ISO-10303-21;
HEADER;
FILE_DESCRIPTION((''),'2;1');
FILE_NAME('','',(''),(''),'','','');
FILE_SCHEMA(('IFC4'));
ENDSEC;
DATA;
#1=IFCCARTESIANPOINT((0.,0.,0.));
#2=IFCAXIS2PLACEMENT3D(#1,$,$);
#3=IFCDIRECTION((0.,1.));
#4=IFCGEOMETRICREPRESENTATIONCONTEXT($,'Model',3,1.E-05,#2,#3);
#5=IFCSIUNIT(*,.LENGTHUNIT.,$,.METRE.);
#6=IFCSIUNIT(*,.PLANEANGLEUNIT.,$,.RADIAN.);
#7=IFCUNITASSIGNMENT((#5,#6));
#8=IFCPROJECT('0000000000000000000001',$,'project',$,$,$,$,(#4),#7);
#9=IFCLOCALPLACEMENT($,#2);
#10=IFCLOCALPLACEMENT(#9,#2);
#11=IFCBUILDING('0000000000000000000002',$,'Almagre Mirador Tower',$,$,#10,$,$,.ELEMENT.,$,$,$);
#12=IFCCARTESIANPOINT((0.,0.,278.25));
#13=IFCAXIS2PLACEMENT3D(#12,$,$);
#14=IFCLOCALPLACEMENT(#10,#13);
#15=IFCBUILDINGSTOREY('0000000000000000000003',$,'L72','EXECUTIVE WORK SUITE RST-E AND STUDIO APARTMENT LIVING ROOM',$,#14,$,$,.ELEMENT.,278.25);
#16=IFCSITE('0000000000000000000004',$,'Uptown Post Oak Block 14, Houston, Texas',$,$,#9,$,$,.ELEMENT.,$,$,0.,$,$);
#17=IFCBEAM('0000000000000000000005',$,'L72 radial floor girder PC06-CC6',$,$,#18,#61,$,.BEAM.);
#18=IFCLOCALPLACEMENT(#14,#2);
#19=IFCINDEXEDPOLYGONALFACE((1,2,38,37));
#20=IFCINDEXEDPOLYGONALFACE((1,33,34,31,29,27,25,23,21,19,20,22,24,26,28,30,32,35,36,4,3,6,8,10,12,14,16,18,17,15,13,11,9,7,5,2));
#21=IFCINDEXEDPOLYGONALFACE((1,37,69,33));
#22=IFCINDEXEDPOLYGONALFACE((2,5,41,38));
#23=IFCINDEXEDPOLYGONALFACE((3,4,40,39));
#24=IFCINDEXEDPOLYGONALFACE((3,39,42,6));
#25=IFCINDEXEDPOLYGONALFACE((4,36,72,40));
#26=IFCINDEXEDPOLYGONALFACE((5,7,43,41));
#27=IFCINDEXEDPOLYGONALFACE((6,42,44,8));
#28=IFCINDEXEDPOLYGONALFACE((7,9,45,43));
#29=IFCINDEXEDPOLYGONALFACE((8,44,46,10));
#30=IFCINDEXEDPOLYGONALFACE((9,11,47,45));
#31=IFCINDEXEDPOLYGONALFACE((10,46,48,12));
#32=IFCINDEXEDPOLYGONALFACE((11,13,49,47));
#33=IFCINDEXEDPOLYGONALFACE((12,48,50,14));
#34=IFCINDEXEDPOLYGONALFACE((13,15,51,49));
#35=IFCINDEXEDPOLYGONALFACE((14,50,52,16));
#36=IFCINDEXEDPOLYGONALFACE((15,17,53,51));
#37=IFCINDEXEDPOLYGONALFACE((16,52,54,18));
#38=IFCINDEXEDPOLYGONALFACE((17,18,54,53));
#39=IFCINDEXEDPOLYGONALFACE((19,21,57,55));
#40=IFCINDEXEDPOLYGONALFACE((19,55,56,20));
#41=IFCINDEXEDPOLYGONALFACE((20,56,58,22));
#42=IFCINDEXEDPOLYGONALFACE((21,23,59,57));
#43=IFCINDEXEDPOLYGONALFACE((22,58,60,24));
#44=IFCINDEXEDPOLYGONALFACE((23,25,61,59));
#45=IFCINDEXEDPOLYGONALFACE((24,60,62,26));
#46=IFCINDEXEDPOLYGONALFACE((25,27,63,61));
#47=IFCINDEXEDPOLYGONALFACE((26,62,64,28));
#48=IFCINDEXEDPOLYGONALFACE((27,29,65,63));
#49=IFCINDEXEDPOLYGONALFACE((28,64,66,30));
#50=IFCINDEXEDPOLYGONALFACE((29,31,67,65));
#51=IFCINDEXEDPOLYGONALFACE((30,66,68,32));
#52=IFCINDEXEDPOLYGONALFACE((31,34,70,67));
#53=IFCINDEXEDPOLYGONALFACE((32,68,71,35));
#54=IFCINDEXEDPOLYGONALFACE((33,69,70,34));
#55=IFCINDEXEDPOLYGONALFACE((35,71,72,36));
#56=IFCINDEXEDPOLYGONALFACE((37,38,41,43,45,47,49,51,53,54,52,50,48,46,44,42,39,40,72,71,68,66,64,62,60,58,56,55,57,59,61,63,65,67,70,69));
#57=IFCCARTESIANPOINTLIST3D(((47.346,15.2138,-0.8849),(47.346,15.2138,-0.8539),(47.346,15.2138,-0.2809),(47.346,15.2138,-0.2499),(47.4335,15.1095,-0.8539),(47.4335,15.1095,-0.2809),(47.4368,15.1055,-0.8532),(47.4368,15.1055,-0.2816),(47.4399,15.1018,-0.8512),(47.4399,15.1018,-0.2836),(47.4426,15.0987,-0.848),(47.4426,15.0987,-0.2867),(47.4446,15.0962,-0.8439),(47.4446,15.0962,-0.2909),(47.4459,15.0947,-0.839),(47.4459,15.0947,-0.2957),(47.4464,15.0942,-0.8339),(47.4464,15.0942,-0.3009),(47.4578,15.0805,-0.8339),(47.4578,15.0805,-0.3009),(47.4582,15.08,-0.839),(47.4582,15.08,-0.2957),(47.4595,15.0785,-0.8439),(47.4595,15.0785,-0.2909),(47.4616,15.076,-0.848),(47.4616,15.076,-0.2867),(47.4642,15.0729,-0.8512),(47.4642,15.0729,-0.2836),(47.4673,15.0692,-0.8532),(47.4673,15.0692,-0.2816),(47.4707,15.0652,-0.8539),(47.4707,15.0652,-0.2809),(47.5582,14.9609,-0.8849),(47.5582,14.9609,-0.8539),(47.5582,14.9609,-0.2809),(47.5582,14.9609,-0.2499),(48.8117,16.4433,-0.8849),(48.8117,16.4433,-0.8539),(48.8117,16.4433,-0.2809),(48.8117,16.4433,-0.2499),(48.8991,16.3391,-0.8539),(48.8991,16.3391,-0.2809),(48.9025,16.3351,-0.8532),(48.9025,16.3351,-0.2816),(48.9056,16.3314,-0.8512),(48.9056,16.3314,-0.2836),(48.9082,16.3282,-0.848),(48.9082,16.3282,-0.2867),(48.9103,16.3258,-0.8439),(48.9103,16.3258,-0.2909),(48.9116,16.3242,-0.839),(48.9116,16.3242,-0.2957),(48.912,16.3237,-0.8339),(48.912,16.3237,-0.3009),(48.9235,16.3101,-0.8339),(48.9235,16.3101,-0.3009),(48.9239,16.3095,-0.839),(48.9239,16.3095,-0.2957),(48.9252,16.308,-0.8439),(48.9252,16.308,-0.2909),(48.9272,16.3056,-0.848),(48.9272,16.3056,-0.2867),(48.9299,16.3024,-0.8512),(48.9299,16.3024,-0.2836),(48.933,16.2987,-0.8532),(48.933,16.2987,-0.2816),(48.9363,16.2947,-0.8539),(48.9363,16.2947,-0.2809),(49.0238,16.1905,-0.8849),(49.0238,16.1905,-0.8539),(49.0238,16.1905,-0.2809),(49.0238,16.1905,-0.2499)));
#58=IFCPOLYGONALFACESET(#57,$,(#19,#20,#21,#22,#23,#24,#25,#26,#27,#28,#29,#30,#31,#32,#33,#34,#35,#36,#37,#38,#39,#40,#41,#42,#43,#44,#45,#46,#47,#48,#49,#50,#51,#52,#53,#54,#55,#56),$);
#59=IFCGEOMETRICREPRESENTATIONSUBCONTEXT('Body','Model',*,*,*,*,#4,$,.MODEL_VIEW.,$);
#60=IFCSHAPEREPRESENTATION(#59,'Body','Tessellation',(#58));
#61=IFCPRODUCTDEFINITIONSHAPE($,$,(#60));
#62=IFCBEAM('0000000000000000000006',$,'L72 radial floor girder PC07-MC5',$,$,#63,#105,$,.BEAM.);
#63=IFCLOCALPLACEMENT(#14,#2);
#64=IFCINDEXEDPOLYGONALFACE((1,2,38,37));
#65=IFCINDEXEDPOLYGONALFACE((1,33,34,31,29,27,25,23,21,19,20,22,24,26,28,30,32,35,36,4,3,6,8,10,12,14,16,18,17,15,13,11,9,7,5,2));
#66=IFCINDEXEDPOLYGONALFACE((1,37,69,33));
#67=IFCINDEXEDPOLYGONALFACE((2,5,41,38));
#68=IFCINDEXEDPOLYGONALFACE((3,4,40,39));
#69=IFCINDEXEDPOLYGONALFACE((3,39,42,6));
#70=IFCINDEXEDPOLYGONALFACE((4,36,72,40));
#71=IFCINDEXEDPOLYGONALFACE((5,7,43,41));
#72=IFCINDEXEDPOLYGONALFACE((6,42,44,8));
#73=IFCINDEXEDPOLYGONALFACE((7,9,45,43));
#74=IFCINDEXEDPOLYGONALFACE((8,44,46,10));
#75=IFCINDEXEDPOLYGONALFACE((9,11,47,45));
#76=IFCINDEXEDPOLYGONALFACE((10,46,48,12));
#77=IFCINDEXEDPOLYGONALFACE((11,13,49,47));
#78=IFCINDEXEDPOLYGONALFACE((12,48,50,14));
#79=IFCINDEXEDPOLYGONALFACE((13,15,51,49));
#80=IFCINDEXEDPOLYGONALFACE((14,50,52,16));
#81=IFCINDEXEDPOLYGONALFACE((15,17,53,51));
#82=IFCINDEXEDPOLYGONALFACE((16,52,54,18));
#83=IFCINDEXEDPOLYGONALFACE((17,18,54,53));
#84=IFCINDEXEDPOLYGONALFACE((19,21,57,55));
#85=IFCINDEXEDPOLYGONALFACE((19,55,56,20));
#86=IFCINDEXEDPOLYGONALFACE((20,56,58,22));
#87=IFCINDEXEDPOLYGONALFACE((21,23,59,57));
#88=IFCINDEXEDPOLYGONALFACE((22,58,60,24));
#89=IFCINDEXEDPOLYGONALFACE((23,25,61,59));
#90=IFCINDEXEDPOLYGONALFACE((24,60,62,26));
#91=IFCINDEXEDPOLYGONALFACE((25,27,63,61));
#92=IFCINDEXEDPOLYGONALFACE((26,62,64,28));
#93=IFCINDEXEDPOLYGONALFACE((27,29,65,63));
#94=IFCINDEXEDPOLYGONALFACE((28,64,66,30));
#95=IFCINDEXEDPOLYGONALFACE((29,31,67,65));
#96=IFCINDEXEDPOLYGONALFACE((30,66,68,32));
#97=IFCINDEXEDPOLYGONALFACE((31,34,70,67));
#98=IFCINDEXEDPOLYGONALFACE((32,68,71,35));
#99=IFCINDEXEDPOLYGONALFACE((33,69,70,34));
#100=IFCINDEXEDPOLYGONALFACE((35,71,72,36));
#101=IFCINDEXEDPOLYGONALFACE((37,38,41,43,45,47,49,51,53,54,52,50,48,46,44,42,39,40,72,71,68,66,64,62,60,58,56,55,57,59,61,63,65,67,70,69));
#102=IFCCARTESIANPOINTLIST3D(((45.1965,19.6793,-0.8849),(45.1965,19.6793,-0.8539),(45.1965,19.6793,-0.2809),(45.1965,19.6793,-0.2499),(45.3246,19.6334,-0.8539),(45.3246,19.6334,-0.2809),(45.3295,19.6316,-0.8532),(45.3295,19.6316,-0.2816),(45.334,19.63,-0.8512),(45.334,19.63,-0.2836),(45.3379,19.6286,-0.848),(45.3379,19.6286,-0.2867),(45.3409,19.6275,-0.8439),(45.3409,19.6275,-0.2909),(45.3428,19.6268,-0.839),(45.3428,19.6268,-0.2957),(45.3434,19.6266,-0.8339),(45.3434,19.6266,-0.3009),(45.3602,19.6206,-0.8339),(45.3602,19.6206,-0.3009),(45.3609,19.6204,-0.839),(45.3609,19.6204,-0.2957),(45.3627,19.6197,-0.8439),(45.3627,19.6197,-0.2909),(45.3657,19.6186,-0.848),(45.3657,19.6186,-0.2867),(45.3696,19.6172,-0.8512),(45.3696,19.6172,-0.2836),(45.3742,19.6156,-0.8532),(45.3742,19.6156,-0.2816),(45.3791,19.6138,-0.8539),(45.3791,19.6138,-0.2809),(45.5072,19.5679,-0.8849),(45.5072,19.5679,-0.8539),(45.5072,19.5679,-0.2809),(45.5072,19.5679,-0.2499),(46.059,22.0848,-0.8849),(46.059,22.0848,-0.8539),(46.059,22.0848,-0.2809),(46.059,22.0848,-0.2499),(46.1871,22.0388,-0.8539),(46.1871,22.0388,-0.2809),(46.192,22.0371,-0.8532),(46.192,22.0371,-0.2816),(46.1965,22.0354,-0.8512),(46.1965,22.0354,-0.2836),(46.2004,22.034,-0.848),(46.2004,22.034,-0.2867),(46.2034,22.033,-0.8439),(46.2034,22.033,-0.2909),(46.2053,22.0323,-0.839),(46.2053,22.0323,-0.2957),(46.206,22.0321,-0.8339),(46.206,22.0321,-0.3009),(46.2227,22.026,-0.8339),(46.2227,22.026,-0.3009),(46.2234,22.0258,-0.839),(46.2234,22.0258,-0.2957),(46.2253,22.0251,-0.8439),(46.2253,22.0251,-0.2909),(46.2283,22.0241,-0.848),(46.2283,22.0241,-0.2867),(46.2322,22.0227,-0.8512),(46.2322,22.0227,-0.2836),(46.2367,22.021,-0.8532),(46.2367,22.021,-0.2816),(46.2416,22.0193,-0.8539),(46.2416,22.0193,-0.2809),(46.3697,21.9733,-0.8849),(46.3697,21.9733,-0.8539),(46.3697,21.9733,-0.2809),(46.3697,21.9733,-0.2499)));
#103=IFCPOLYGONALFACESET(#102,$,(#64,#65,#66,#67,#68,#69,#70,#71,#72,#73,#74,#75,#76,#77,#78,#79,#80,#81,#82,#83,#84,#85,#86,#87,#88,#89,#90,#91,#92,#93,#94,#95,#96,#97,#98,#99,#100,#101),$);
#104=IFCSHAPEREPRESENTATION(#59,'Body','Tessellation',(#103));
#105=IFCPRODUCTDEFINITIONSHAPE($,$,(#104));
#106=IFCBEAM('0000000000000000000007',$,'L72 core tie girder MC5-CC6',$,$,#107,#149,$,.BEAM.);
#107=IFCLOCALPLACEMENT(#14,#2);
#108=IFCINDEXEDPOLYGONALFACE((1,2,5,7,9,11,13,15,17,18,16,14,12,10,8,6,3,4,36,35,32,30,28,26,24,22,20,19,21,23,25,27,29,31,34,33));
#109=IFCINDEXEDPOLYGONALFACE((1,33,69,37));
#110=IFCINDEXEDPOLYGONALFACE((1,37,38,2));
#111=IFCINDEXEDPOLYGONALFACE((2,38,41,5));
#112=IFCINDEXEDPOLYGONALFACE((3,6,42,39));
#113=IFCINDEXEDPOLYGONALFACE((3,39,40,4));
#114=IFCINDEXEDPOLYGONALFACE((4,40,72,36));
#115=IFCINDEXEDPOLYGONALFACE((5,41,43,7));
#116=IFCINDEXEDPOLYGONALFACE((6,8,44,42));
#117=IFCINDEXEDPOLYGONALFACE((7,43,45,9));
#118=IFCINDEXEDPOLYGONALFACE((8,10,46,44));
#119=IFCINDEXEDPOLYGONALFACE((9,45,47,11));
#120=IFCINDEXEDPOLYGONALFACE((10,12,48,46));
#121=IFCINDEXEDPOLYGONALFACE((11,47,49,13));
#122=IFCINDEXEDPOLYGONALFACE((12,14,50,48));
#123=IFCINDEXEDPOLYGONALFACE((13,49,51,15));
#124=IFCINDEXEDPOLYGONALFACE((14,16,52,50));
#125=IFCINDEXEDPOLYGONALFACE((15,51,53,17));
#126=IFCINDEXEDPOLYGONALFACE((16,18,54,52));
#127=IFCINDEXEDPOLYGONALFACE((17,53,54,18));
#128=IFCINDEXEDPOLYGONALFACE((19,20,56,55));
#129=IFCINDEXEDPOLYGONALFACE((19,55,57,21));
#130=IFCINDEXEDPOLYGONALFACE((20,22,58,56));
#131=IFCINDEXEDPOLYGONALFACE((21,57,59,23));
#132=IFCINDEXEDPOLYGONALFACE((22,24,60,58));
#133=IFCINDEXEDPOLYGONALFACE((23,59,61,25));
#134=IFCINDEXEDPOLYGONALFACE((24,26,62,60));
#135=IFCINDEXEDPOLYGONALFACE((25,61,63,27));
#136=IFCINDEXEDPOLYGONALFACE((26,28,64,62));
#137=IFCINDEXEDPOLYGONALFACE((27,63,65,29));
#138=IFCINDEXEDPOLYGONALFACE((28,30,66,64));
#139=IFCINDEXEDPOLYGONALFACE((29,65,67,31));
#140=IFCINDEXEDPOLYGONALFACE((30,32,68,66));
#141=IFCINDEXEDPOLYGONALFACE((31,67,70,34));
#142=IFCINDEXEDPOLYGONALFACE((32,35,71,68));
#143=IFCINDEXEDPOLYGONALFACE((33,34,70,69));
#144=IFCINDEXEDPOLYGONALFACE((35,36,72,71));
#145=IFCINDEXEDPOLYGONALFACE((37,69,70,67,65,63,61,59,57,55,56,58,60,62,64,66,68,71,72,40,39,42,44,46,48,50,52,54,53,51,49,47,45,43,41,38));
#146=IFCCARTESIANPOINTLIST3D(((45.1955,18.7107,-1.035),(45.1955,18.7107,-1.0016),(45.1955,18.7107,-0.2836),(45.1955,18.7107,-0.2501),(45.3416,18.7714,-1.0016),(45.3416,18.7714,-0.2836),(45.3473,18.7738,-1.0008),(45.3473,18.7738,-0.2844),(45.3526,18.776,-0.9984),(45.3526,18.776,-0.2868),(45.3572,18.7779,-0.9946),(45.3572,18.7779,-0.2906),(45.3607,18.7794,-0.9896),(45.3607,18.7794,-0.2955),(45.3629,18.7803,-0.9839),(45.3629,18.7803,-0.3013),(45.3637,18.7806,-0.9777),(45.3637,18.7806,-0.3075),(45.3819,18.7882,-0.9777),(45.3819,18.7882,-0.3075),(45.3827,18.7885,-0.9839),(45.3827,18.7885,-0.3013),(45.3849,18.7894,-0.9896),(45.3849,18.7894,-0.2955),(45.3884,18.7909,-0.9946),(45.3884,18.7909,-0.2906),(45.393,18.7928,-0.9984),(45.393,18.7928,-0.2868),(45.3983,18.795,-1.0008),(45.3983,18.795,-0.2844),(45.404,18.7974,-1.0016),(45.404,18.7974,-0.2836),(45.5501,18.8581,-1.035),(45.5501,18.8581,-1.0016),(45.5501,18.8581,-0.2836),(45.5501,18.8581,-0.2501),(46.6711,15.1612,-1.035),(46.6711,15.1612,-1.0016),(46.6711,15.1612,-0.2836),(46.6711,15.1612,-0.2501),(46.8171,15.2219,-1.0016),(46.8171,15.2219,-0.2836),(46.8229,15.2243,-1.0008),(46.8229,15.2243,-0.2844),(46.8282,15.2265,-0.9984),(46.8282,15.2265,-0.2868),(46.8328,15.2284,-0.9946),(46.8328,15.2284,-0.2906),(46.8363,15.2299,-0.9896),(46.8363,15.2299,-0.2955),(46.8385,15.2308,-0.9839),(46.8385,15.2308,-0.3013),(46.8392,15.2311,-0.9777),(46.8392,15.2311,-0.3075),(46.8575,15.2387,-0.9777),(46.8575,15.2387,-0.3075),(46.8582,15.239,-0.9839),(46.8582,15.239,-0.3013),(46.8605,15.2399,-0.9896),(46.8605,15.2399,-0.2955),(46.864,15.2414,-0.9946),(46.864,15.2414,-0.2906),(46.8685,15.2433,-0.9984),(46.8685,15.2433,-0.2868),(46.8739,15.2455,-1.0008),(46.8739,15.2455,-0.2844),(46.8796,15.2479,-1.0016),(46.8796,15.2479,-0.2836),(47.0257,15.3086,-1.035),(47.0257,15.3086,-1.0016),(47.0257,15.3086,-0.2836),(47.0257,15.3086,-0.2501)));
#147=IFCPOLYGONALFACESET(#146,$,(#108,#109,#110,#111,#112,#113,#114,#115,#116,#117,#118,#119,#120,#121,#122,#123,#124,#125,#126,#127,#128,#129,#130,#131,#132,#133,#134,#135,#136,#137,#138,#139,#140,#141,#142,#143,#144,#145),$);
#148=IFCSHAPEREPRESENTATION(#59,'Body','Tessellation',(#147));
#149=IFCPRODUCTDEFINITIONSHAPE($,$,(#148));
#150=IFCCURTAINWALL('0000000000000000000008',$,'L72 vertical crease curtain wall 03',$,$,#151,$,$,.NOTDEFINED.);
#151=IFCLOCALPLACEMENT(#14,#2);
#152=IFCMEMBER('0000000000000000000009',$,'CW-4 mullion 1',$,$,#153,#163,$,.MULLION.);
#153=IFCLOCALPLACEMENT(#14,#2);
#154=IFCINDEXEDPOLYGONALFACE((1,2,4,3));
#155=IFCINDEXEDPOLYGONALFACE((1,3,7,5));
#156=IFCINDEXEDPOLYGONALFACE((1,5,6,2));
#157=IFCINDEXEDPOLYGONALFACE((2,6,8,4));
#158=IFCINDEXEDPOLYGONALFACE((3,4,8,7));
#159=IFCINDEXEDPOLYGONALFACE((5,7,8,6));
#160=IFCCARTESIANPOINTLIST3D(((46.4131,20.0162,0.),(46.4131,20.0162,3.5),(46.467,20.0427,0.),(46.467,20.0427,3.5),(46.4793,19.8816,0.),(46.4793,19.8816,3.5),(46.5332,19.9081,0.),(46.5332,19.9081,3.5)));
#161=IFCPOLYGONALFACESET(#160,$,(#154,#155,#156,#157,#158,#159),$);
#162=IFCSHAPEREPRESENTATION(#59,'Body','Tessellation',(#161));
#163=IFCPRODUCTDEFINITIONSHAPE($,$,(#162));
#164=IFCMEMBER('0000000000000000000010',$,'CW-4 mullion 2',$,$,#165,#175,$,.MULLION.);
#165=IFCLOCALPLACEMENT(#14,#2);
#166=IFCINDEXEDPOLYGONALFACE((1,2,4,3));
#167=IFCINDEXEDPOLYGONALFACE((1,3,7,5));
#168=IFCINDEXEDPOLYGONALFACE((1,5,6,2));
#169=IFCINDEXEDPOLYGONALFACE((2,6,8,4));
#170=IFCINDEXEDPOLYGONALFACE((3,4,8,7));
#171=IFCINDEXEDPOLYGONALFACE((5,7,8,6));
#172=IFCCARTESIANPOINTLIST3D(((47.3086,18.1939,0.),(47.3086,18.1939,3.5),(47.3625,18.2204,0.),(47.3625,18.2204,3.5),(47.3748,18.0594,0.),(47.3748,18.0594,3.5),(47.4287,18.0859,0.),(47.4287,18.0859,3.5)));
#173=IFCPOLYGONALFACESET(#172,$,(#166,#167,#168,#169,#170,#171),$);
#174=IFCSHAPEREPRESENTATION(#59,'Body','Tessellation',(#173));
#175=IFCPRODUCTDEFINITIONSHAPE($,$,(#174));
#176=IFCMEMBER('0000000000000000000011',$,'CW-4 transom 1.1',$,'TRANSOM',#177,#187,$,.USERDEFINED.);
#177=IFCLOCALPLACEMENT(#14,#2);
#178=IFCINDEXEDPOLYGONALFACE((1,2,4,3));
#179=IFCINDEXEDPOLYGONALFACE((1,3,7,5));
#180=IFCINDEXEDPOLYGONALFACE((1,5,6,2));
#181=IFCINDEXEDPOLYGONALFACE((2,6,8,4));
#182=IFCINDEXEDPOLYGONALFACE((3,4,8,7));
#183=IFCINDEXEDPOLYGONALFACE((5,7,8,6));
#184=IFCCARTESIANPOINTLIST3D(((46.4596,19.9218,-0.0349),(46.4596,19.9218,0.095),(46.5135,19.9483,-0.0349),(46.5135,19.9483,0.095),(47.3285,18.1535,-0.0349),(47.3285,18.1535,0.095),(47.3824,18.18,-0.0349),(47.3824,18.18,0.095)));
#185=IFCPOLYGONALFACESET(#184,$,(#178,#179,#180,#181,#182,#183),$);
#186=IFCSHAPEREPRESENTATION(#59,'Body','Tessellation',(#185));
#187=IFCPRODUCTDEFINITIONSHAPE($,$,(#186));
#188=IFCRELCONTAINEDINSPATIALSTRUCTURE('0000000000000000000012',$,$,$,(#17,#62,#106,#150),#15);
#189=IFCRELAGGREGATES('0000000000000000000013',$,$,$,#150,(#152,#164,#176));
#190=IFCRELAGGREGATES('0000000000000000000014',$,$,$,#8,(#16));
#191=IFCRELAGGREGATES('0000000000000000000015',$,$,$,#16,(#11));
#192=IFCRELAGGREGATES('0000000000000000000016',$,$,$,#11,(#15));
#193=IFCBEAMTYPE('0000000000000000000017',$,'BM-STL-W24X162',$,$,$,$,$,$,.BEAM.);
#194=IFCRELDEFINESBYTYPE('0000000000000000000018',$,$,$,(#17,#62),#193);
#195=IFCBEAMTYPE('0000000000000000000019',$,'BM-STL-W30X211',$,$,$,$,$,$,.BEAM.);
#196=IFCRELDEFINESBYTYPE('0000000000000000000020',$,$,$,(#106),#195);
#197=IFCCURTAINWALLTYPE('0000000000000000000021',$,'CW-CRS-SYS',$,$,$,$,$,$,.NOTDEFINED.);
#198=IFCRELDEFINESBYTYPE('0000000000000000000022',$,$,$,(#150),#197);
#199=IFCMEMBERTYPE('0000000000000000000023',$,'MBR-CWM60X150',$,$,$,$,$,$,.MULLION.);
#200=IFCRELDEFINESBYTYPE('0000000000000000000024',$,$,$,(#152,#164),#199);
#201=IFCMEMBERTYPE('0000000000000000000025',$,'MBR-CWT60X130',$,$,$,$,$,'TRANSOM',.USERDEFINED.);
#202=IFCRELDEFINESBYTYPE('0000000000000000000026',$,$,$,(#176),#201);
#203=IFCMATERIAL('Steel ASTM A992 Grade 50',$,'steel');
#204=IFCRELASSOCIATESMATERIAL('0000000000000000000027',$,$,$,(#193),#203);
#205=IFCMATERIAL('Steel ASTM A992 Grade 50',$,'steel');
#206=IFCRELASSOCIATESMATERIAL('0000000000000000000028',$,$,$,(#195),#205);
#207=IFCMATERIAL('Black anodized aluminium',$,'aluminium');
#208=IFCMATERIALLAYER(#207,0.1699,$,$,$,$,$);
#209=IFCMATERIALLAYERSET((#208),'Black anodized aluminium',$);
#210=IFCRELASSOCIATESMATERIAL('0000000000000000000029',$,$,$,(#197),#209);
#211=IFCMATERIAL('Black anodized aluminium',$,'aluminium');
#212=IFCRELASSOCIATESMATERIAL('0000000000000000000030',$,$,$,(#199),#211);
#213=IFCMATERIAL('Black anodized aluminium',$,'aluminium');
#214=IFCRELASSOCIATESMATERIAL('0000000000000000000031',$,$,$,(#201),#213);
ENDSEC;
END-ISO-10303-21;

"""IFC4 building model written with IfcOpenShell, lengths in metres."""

from ifc_helpers import new_model, si_unit, direction, frame, origin, origin_2d, place, context, subcontext, project, spatial, rectangle, i_section, extrude, material, layer, layer_set, material_profile, profile_set, type_object, element, aggregate, save


model = new_model("IFC4")

# Units and contexts
model_context = context("Model", 3, precision=1e-05, world=origin(), true_north=direction((0.0, 1.0)))
body_context = subcontext(model_context, "Body", "Model", "MODEL_VIEW")
ifc_project = project(units=[si_unit("LENGTHUNIT", "METRE"), si_unit("PLANEANGLEUNIT", "RADIAN")], contexts=[model_context])

# Site, building, storey
site_placement = place(None, origin())
site = spatial("IfcSite", under=ifc_project, at=site_placement, Name="Uptown Post Oak Block 14, Houston, Texas", CompositionType="ELEMENT", RefElevation=0.0)
building_placement = place(site_placement, origin())
building = spatial("IfcBuilding", under=site, at=building_placement, Name="Almagre Mirador Tower", CompositionType="ELEMENT")
storey_placement = place(building_placement, frame((0.0, 0.0, 278.25)))
storey = spatial("IfcBuildingStorey", under=building, at=storey_placement, Name="L72", Description="EXECUTIVE WORK SUITE RST-E AND STUDIO APARTMENT LIVING ROOM", CompositionType="ELEMENT", Elevation=278.25)

# Beams
ifc_material_1 = material(Name="Steel ASTM A992 Grade 50", Category="steel")
ifc_material_profile_1 = material_profile(ifc_material_1, i_section(OverallWidth=0.3301, OverallDepth=0.635, WebThickness=0.0178, FlangeThickness=0.031, FilletRadius=0.02, at=origin_2d()), Name="W24X162")
ifc_profile_set_1 = profile_set([ifc_material_profile_1], Name="Steel ASTM A992 Grade 50")
beam_type_1 = type_object("IfcBeamType", Name="BM-STL-W24X162", PredefinedType="BEAM", material=ifc_profile_set_1)
beam_1_placement = place(storey_placement, frame((48.9177, 16.3169, -0.5674), z_axis=(-0.766115, -0.642704, 0.0), x_axis=(0.642704, -0.766115, 0.0)))
element("IfcBeam", 1, at=beam_1_placement, inside=storey, type_object=beam_type_1, Name="L72 radial floor girder PC06-CC6", PredefinedType="BEAM", context=body_context, shape_type="SweptSolid", body=[
    extrude(i_section(OverallWidth=0.3301, OverallDepth=0.635, WebThickness=0.0178, FlangeThickness=0.031, FilletRadius=0.02, at=origin_2d()), origin(), (0.0, 0.0, 1.0), 1.9131),
])
beam_2_placement = place(storey_placement, frame((46.2144, 22.0291, -0.5674), z_axis=(-0.337528, -0.941315, 0.0), x_axis=(0.941315, -0.337528, 0.0)))
element("IfcBeam", 2, at=beam_2_placement, inside=storey, type_object=beam_type_1, Name="L72 radial floor girder PC07-MC5", PredefinedType="BEAM", context=body_context, shape_type="SweptSolid", body=[
    extrude(i_section(OverallWidth=0.3301, OverallDepth=0.635, WebThickness=0.0178, FlangeThickness=0.031, FilletRadius=0.02, at=origin_2d()), origin(), (0.0, 0.0, 1.0), 2.5554),
])
ifc_material_2 = material(Name="Steel ASTM A992 Grade 50", Category="steel")
ifc_material_profile_2 = material_profile(ifc_material_2, i_section(OverallWidth=0.384, OverallDepth=0.7849, WebThickness=0.0198, FlangeThickness=0.0334, FilletRadius=0.0239, at=origin_2d()), Name="W30X211")
ifc_profile_set_2 = profile_set([ifc_material_profile_2], Name="Steel ASTM A992 Grade 50")
beam_type_2 = type_object("IfcBeamType", Name="BM-STL-W30X211", PredefinedType="BEAM", material=ifc_profile_set_2)
beam_3_placement = place(storey_placement, frame((45.3728, 18.7844, -0.6426), z_axis=(0.383862, -0.92339, 0.0), x_axis=(0.92339, 0.383862, 0.0)))
element("IfcBeam", 3, at=beam_3_placement, inside=storey, type_object=beam_type_2, Name="L72 core tie girder MC5-CC6", PredefinedType="BEAM", context=body_context, shape_type="SweptSolid", body=[
    extrude(i_section(OverallWidth=0.384, OverallDepth=0.7849, WebThickness=0.0198, FlangeThickness=0.0334, FilletRadius=0.0239, at=origin_2d()), origin(), (0.0, 0.0, 1.0), 3.844),
])

# Curtain wall, members
ifc_material_3 = material(Name="Black anodized aluminium", Category="aluminium")
ifc_layer_1 = layer(ifc_material_3, 0.1699)
ifc_layer_set_1 = layer_set([ifc_layer_1], Name="Black anodized aluminium")
curtain_wall_type = type_object("IfcCurtainWallType", Name="CW-CRS-SYS", PredefinedType="NOTDEFINED", material=ifc_layer_set_1)
curtain_wall_placement = place(storey_placement, origin())
curtain_wall = element("IfcCurtainWall", 4, at=curtain_wall_placement, inside=storey, type_object=curtain_wall_type, Name="L72 vertical crease curtain wall 03", PredefinedType="NOTDEFINED")
ifc_material_4 = material(Name="Black anodized aluminium", Category="aluminium")
ifc_material_profile_3 = material_profile(ifc_material_4, rectangle(XDim=0.0601, YDim=0.1499, at=origin_2d()), Name="CWM60X150")
ifc_profile_set_3 = profile_set([ifc_material_profile_3], Name="Black anodized aluminium")
member_type_1 = type_object("IfcMemberType", Name="MBR-CWM60X150", PredefinedType="MULLION", material=ifc_profile_set_3)
member_1_placement = place(storey_placement, frame((46.4731, 19.9622, 0.0), z_axis=(0.0, 0.0, 1.0), x_axis=(0.897468, 0.44108, 0.0)))
member_1 = element("IfcMember", 5, at=member_1_placement, type_object=member_type_1, Name="CW-4 mullion 1", PredefinedType="MULLION", context=body_context, shape_type="SweptSolid", body=[
    extrude(rectangle(XDim=0.0601, YDim=0.1499, at=origin_2d()), origin(), (0.0, 0.0, 1.0), 3.5),
])
member_2_placement = place(storey_placement, frame((47.3687, 18.1399, 0.0), z_axis=(0.0, 0.0, 1.0), x_axis=(0.897468, 0.44108, 0.0)))
member_2 = element("IfcMember", 6, at=member_2_placement, type_object=member_type_1, Name="CW-4 mullion 2", PredefinedType="MULLION", context=body_context, shape_type="SweptSolid", body=[
    extrude(rectangle(XDim=0.0601, YDim=0.1499, at=origin_2d()), origin(), (0.0, 0.0, 1.0), 3.5),
])
ifc_material_5 = material(Name="Black anodized aluminium", Category="aluminium")
ifc_material_profile_4 = material_profile(ifc_material_5, rectangle(XDim=0.0601, YDim=0.1299, at=origin_2d()), Name="CWT60X130")
ifc_profile_set_4 = profile_set([ifc_material_profile_4], Name="Black anodized aluminium")
member_type_2 = type_object("IfcMemberType", Name="MBR-CWT60X130", ElementType="TRANSOM", PredefinedType="USERDEFINED", material=ifc_profile_set_4)
member_3_placement = place(storey_placement, frame((46.4866, 19.9351, 0.03), z_axis=(0.441007, -0.897504, 0.0), x_axis=(0.897504, 0.441007, 0.0)))
member_3 = element("IfcMember", 7, at=member_3_placement, type_object=member_type_2, Name="CW-4 transom 1.1", ObjectType="TRANSOM", PredefinedType="USERDEFINED", context=body_context, shape_type="SweptSolid", body=[
    extrude(rectangle(XDim=0.0601, YDim=0.1299, at=origin_2d()), origin(), (0.0, 0.0, 1.0), 1.9702),
])
aggregate(curtain_wall, [member_1, member_2, member_3])

save(model, "model.ifc")
